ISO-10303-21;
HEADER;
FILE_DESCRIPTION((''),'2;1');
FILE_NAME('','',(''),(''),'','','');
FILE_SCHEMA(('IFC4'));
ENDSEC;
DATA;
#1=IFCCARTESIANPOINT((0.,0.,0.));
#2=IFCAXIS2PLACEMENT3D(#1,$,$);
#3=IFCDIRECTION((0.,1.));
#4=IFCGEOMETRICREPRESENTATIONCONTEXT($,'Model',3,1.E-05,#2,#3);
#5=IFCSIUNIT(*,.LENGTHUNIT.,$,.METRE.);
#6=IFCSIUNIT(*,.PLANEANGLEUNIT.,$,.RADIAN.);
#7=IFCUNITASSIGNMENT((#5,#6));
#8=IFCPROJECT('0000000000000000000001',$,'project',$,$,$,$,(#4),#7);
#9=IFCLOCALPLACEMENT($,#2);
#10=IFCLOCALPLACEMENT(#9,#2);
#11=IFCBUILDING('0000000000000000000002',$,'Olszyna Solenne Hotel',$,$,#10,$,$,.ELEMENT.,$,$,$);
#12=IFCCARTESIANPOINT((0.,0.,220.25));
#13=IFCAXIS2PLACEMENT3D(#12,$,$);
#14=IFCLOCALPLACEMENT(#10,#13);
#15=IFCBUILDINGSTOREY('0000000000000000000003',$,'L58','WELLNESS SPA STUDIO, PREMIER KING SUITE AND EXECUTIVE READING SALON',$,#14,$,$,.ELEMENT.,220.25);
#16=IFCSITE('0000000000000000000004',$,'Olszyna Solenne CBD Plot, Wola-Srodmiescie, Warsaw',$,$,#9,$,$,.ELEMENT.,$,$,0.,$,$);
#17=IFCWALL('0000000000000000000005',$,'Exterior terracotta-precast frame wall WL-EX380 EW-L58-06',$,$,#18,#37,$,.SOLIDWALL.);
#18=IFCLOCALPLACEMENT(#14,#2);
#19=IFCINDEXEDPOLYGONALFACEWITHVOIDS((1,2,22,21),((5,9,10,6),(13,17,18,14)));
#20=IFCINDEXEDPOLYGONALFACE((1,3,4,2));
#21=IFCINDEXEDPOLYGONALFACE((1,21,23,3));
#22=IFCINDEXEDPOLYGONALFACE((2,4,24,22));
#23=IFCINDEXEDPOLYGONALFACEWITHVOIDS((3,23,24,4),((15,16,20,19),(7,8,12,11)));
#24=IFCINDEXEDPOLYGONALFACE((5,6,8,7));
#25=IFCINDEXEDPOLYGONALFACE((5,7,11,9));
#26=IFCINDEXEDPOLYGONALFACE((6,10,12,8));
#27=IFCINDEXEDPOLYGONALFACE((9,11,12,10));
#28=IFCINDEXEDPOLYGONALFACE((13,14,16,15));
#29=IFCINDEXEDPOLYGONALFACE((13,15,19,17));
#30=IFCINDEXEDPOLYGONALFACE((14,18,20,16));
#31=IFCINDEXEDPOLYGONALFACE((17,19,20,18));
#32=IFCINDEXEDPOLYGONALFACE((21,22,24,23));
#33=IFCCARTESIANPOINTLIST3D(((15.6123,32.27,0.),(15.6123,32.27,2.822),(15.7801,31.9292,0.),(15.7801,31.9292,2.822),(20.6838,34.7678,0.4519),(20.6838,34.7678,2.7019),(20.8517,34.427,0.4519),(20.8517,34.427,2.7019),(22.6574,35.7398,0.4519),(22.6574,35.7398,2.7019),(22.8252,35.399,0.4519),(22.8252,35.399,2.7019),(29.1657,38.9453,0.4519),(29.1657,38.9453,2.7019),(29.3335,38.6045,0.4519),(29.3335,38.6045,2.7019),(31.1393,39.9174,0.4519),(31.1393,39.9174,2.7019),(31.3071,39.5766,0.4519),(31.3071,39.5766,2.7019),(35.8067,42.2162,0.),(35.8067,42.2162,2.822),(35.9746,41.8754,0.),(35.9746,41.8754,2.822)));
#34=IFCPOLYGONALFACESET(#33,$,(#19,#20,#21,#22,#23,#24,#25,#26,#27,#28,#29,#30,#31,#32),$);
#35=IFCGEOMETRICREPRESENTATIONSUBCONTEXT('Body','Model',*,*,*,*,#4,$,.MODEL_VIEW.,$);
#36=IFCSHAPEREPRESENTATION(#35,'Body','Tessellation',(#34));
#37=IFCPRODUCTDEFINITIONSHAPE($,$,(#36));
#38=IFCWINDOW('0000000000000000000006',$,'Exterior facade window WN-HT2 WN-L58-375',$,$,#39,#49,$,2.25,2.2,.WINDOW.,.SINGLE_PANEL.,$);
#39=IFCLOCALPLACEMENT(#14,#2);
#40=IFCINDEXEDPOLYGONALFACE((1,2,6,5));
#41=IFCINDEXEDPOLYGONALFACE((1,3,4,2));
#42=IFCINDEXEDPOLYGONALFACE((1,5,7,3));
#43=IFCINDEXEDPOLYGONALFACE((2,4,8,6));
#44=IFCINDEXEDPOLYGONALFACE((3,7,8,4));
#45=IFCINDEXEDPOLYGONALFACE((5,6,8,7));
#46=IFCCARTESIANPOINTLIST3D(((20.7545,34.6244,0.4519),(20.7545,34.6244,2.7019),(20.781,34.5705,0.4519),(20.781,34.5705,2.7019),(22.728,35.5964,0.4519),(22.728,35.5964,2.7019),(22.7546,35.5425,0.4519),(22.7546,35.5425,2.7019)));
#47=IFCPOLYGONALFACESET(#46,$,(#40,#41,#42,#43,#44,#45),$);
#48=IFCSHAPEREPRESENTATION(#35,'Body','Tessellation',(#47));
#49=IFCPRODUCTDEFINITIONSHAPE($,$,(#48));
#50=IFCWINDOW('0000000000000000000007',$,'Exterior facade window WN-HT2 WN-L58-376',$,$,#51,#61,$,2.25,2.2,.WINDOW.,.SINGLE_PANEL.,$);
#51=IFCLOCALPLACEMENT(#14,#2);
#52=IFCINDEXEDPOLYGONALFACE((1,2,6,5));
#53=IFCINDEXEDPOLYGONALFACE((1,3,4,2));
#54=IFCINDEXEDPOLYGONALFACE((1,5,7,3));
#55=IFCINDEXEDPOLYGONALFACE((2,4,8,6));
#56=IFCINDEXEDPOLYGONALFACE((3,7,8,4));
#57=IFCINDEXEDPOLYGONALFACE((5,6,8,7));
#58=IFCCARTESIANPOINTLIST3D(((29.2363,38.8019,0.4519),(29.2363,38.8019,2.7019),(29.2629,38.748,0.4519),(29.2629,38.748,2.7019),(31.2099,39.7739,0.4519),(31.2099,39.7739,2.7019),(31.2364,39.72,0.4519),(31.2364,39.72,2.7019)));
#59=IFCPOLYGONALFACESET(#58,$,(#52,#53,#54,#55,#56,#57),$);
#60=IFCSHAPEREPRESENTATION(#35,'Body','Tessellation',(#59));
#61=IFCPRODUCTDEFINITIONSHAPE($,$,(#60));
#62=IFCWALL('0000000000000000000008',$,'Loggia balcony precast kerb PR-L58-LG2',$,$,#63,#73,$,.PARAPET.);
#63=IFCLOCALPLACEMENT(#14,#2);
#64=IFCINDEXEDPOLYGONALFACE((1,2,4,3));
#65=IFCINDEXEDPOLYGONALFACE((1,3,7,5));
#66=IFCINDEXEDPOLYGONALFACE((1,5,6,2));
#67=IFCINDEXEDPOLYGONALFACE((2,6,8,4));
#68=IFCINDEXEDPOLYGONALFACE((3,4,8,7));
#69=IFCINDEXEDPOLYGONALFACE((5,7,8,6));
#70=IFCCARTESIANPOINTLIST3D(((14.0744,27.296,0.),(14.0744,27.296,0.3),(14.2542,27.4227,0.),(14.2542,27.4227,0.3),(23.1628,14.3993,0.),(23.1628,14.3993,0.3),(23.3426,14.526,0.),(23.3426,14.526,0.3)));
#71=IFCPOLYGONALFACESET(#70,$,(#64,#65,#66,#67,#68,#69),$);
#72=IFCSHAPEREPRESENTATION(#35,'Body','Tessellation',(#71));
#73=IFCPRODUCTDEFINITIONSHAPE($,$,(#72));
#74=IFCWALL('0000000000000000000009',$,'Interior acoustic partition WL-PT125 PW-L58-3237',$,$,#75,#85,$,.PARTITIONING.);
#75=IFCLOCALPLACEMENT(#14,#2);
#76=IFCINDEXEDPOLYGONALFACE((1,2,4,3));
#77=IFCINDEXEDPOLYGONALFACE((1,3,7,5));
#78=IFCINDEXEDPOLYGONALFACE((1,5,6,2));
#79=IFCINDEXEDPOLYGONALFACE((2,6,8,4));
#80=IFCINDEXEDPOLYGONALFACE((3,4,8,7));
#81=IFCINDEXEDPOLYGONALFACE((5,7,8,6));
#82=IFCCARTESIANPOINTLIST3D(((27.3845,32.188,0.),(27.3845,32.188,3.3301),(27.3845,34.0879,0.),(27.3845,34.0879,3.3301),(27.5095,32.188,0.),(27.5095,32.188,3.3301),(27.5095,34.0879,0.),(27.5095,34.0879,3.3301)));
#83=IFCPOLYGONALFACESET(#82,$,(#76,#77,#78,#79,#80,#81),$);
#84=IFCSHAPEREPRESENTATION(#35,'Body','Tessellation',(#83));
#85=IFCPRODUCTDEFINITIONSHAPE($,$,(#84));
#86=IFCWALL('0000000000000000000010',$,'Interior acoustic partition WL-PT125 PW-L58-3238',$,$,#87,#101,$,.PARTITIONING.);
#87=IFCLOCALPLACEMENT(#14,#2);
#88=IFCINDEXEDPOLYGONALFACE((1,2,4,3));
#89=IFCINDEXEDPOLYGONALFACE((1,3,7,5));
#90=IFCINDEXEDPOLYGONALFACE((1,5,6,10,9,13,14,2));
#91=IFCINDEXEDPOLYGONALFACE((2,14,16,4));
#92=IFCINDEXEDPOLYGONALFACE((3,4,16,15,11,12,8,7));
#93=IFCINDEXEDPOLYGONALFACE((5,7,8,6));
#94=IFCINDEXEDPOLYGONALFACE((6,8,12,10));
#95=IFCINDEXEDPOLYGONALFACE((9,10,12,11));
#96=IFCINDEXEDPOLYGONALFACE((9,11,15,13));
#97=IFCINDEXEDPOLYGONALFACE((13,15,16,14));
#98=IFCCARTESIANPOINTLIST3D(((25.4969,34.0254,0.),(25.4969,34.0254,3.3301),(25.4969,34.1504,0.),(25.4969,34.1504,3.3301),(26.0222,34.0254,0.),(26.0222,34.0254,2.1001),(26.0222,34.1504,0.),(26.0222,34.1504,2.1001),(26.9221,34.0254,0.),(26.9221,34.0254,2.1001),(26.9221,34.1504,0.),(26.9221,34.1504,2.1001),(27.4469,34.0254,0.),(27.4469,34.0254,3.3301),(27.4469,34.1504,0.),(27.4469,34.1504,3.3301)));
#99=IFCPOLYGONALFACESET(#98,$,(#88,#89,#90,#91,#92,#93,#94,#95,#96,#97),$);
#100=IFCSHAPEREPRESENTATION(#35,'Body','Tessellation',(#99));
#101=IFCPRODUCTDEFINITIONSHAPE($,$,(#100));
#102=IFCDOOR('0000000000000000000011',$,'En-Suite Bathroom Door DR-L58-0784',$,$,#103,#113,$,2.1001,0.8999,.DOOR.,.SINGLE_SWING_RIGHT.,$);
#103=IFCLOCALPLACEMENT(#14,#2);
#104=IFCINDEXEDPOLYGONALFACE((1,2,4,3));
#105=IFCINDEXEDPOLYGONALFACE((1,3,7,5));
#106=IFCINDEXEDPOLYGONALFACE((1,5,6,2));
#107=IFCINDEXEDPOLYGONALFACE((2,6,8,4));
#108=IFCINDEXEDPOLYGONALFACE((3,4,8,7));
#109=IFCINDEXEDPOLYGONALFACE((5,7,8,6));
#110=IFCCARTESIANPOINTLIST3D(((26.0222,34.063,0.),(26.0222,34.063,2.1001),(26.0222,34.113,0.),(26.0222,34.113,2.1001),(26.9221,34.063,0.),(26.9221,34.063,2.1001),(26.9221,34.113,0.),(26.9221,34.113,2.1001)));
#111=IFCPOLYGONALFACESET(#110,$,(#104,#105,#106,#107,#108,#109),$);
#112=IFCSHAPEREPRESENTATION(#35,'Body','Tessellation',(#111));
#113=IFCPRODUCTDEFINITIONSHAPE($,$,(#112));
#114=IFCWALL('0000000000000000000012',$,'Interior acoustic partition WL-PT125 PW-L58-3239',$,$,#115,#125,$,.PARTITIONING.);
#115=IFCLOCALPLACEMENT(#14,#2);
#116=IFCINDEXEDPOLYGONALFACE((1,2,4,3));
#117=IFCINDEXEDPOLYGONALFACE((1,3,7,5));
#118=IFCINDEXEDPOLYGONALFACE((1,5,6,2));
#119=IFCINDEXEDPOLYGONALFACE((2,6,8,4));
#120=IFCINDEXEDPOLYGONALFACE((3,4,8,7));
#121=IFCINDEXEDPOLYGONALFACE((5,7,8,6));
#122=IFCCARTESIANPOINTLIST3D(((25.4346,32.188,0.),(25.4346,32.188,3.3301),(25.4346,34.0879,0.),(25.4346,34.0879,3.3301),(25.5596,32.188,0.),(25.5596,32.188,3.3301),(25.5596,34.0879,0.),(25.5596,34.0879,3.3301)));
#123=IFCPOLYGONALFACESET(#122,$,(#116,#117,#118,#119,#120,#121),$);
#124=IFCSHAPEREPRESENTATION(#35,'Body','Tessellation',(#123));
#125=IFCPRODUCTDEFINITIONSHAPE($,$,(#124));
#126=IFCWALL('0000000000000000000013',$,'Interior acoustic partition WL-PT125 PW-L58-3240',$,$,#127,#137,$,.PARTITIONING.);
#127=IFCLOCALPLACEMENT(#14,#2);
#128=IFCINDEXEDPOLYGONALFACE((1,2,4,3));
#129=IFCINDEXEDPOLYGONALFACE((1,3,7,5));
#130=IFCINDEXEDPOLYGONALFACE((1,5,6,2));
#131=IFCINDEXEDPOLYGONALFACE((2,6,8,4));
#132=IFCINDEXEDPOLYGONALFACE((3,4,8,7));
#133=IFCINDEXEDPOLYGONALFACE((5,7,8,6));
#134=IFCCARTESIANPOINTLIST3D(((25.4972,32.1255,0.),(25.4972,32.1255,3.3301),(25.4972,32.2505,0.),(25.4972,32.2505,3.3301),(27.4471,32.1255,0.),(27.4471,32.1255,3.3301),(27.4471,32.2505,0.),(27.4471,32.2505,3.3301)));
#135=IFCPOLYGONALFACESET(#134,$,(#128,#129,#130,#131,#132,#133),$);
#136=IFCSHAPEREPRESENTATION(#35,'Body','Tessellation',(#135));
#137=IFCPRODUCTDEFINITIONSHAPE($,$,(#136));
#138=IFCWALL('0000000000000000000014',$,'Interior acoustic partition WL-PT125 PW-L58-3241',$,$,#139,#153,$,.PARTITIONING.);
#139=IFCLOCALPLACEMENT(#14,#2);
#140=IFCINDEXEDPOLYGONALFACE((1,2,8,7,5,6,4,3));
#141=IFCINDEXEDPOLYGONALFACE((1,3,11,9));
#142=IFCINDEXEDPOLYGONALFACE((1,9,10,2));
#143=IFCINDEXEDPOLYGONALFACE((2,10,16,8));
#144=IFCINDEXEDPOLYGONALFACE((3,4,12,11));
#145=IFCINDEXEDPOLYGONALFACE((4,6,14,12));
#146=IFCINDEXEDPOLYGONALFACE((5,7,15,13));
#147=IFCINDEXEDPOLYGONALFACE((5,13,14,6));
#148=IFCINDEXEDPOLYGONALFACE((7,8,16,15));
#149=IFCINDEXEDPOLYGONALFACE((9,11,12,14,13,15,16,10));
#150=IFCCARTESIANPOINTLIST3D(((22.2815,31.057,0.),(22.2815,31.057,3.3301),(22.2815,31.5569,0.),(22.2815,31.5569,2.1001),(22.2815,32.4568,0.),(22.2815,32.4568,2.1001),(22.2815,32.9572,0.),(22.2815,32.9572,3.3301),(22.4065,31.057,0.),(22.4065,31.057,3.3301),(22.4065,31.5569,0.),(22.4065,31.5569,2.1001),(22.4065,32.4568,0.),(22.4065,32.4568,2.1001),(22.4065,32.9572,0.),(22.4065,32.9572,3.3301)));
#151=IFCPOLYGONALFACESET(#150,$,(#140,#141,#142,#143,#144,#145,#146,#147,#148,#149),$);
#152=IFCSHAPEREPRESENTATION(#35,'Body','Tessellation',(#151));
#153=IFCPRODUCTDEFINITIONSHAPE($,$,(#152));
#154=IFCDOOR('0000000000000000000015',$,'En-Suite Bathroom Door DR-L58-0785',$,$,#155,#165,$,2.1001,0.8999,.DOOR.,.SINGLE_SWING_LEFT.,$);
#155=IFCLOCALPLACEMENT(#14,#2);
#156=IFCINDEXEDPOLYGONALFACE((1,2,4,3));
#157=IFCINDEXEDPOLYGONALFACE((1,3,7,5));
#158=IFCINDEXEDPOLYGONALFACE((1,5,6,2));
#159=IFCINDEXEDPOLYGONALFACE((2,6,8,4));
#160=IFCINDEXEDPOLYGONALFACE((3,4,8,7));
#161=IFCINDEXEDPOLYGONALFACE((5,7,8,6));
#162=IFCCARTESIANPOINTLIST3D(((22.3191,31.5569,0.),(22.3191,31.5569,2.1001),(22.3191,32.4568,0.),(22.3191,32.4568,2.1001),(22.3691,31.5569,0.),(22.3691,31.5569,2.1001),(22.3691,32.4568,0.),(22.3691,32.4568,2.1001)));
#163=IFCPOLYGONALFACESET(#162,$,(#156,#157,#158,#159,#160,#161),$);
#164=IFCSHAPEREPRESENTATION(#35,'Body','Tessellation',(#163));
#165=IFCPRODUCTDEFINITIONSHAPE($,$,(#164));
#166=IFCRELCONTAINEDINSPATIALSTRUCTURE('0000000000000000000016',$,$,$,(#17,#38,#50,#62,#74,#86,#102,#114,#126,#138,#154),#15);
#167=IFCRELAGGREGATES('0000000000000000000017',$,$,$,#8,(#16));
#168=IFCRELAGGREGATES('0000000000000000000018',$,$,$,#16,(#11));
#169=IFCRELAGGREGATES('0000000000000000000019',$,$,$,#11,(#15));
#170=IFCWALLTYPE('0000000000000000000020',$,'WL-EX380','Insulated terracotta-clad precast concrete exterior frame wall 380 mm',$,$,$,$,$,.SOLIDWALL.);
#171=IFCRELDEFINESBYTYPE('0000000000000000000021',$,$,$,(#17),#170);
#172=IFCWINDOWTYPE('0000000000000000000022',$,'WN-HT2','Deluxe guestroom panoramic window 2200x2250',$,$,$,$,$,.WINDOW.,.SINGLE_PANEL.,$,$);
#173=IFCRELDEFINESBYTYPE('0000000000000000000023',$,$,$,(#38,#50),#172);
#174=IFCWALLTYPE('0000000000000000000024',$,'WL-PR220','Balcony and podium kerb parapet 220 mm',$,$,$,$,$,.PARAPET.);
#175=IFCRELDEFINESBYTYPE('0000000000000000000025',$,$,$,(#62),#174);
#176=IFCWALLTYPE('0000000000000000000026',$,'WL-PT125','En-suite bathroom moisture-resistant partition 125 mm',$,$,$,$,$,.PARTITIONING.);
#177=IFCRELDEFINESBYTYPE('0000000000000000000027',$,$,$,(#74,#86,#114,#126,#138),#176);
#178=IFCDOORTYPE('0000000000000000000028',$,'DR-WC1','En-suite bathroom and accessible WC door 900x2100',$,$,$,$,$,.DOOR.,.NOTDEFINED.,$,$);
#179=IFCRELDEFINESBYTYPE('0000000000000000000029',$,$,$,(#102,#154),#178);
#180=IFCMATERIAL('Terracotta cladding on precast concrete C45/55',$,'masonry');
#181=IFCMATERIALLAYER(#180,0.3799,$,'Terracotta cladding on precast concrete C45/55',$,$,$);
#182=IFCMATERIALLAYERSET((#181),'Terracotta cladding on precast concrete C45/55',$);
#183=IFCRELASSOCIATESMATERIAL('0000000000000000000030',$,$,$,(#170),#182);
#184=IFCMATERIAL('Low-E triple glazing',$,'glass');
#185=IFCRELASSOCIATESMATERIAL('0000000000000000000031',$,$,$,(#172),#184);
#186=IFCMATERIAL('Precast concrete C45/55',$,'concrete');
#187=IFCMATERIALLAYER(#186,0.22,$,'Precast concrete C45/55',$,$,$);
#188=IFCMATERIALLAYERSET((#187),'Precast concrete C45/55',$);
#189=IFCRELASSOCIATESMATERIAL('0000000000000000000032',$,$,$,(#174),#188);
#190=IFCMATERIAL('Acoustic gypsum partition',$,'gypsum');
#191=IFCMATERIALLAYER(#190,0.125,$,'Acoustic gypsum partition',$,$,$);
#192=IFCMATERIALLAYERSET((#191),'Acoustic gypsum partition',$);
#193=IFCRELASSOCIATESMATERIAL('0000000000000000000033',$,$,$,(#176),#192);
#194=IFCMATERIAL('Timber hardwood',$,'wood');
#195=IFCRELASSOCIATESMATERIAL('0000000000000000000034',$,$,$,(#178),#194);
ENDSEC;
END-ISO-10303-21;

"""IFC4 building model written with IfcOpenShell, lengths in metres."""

from ifc_helpers import new_model, si_unit, direction, frame, frame_2d, origin, place, context, subcontext, project, spatial, rectangle, extrude, source, transform, mapped, material, layer, layer_set, type_object, type_shapes, element, fill, save


model = new_model("IFC4")

# Units and contexts
model_context = context("Model", 3, precision=1e-05, world=origin(), true_north=direction((0.0, 1.0)))
body_context = subcontext(model_context, "Body", "Model", "MODEL_VIEW")
ifc_project = project(units=[si_unit("LENGTHUNIT", "METRE"), si_unit("PLANEANGLEUNIT", "RADIAN")], contexts=[model_context])

# Site, building, storey
site_placement = place(None, origin())
site = spatial("IfcSite", under=ifc_project, at=site_placement, Name="Olszyna Solenne CBD Plot, Wola-Srodmiescie, Warsaw", CompositionType="ELEMENT", RefElevation=0.0)
building_placement = place(site_placement, origin())
building = spatial("IfcBuilding", under=site, at=building_placement, Name="Olszyna Solenne Hotel", CompositionType="ELEMENT")
storey_placement = place(building_placement, frame((0.0, 0.0, 220.25)))
storey = spatial("IfcBuildingStorey", under=building, at=storey_placement, Name="L58", Description="WELLNESS SPA STUDIO, PREMIER KING SUITE AND EXECUTIVE READING SALON", CompositionType="ELEMENT", Elevation=220.25)

# Shared definitions
ifc_material_1 = material(Name="Terracotta cladding on precast concrete C45/55", Category="masonry")
ifc_layer_1 = layer(ifc_material_1, 0.3799, Name="Terracotta cladding on precast concrete C45/55")
ifc_layer_set_1 = layer_set([ifc_layer_1], Name="Terracotta cladding on precast concrete C45/55")
wall_type_1 = type_object("IfcWallType", Name="WL-EX380", Description="Insulated terracotta-clad precast concrete exterior frame wall 380 mm", PredefinedType="SOLIDWALL", material=ifc_layer_set_1)

# Wall, openings, windows
wall_1_placement = place(storey_placement, frame((15.6963, 32.0996, 0.0), z_axis=(0.0, 0.0, 1.0), x_axis=(0.897094, 0.441839, 0.0)))
wall_1 = element("IfcWall", 1, at=wall_1_placement, inside=storey, type_object=wall_type_1, Name="Exterior terracotta-precast frame wall WL-EX380 EW-L58-06", PredefinedType="SOLIDWALL", context=body_context, shape_type="SweptSolid", body=[
    extrude(rectangle(XDim=22.511, YDim=0.3799, at=frame_2d((11.2554, 0.0))), origin(), (0.0, 0.0, 1.0), 2.822),
])
opening_1_placement = place(wall_1_placement, frame((5.6531, 0.0, 0.4519)))
opening_1 = element("IfcOpeningElement", 2, at=opening_1_placement, cuts=wall_1, PredefinedType="OPENING", context=body_context, shape_type="SweptSolid", body=[
    extrude(rectangle(XDim=2.2, YDim=2.25, at=frame_2d((1.1001, 1.125))), frame((0.0, 0.2, 0.0), z_axis=(0.0, -1.0, 0.0), x_axis=(1.0, 0.0, 0.0)), (0.0, 0.0, 1.0), 0.3999),
])
opening_2_placement = place(wall_1_placement, frame((15.1079, 0.0, 0.4519)))
opening_2 = element("IfcOpeningElement", 3, at=opening_2_placement, cuts=wall_1, PredefinedType="OPENING", context=body_context, shape_type="SweptSolid", body=[
    extrude(rectangle(XDim=2.2, YDim=2.25, at=frame_2d((1.1001, 1.125))), frame((0.0, 0.2, 0.0), z_axis=(0.0, -1.0, 0.0), x_axis=(1.0, 0.0, 0.0)), (0.0, 0.0, 1.0), 0.3999),
])
ifc_material_2 = material(Name="Low-E triple glazing", Category="glass")
window_type = type_object("IfcWindowType", Name="WN-HT2", Description="Deluxe guestroom panoramic window 2200x2250", PartitioningType="SINGLE_PANEL", PredefinedType="WINDOW", material=ifc_material_2)
shared_shape_1 = source(origin(), body_context, "Body", "SweptSolid", [
    extrude(rectangle(XDim=2.2, YDim=2.25, at=frame_2d((1.1001, 1.125))), frame((0.0, 0.03, 0.0), z_axis=(0.0, -1.0, 0.0), x_axis=(1.0, 0.0, 0.0)), (0.0, 0.0, 1.0), 0.0601),
])
type_shapes(window_type, [shared_shape_1])
window_1_placement = place(opening_1_placement, origin())
window_1 = element("IfcWindow", 4, at=window_1_placement, inside=storey, type_object=window_type, Name="Exterior facade window WN-HT2 WN-L58-375", OverallHeight=2.25, OverallWidth=2.2, PartitioningType="SINGLE_PANEL", PredefinedType="WINDOW", context=body_context, shape_type="MappedRepresentation", body=[
    mapped(shared_shape_1, transform((0.0, 0.0, 0.0), x_axis=(1.0, 0.0, 0.0), y_axis=(0.0, 1.0, 0.0), z_axis=(0.0, 0.0, 1.0), scale=1.0)),
])
fill(opening_1, window_1)
window_2_placement = place(opening_2_placement, origin())
window_2 = element("IfcWindow", 5, at=window_2_placement, inside=storey, type_object=window_type, Name="Exterior facade window WN-HT2 WN-L58-376", OverallHeight=2.25, OverallWidth=2.2, PartitioningType="SINGLE_PANEL", PredefinedType="WINDOW", context=body_context, shape_type="MappedRepresentation", body=[
    mapped(shared_shape_1, transform((0.0, 0.0, 0.0), x_axis=(1.0, 0.0, 0.0), y_axis=(0.0, 1.0, 0.0), z_axis=(0.0, 0.0, 1.0), scale=1.0)),
])
fill(opening_2, window_2)

# Walls
ifc_material_3 = material(Name="Precast concrete C45/55", Category="concrete")
ifc_layer_2 = layer(ifc_material_3, 0.22, Name="Precast concrete C45/55")
ifc_layer_set_2 = layer_set([ifc_layer_2], Name="Precast concrete C45/55")
wall_type_2 = type_object("IfcWallType", Name="WL-PR220", Description="Balcony and podium kerb parapet 220 mm", PredefinedType="PARAPET", material=ifc_layer_set_2)
wall_2_placement = place(storey_placement, frame((14.1643, 27.3594, 0.0), z_axis=(0.0, 0.0, 1.0), x_axis=(0.57604, -0.817421, 0.0)))
element("IfcWall", 6, at=wall_2_placement, inside=storey, type_object=wall_type_2, Name="Loggia balcony precast kerb PR-L58-LG2", PredefinedType="PARAPET", context=body_context, shape_type="SweptSolid", body=[
    extrude(rectangle(XDim=15.7773, YDim=0.22, at=frame_2d((7.8887, 0.0))), origin(), (0.0, 0.0, 1.0), 0.3),
])
ifc_material_4 = material(Name="Acoustic gypsum partition", Category="gypsum")
ifc_layer_3 = layer(ifc_material_4, 0.125, Name="Acoustic gypsum partition")
ifc_layer_set_3 = layer_set([ifc_layer_3], Name="Acoustic gypsum partition")
wall_type_3 = type_object("IfcWallType", Name="WL-PT125", Description="En-suite bathroom moisture-resistant partition 125 mm", PredefinedType="PARTITIONING", material=ifc_layer_set_3)
wall_3_placement = place(storey_placement, frame((27.447, 32.188, 0.0), z_axis=(0.0, 0.0, 1.0), x_axis=(0.0, 1.0, 0.0)))
element("IfcWall", 7, at=wall_3_placement, inside=storey, type_object=wall_type_3, Name="Interior acoustic partition WL-PT125 PW-L58-3237", PredefinedType="PARTITIONING", context=body_context, shape_type="SweptSolid", body=[
    extrude(rectangle(XDim=1.8999, YDim=0.125, at=frame_2d((0.95, 0.0))), origin(), (0.0, 0.0, 1.0), 3.3301),
])

# Wall, opening, door
wall_4_placement = place(storey_placement, frame((27.447, 34.0879, 0.0), z_axis=(0.0, 0.0, 1.0), x_axis=(-1.0, 0.0, 0.0)))
wall_4 = element("IfcWall", 8, at=wall_4_placement, inside=storey, type_object=wall_type_3, Name="Interior acoustic partition WL-PT125 PW-L58-3238", PredefinedType="PARTITIONING", context=body_context, shape_type="SweptSolid", body=[
    extrude(rectangle(XDim=1.95, YDim=0.125, at=frame_2d((0.9751, 0.0))), origin(), (0.0, 0.0, 1.0), 3.3301),
])
opening_3_placement = place(wall_4_placement, frame((0.5249, 0.0, 0.0)))
opening_3 = element("IfcOpeningElement", 9, at=opening_3_placement, cuts=wall_4, PredefinedType="OPENING", context=body_context, shape_type="SweptSolid", body=[
    extrude(rectangle(XDim=0.8999, YDim=2.1001, at=frame_2d((0.45, 1.05))), frame((0.0, 0.0725, 0.0), z_axis=(0.0, -1.0, 0.0), x_axis=(1.0, 0.0, 0.0)), (0.0, 0.0, 1.0), 0.145),
])
ifc_material_5 = material(Name="Timber hardwood", Category="wood")
door_type = type_object("IfcDoorType", Name="DR-WC1", Description="En-suite bathroom and accessible WC door 900x2100", OperationType="NOTDEFINED", PredefinedType="DOOR", material=ifc_material_5)
shared_shape_2 = source(origin(), body_context, "Body", "SweptSolid", [
    extrude(rectangle(XDim=0.8999, YDim=2.1001, at=frame_2d((0.45, 1.05))), frame((0.0, 0.0249, 0.0), z_axis=(0.0, -1.0, 0.0), x_axis=(1.0, 0.0, 0.0)), (0.0, 0.0, 1.0), 0.05),
])
type_shapes(door_type, [shared_shape_2])
door_1_placement = place(opening_3_placement, origin())
door_1 = element("IfcDoor", 10, at=door_1_placement, inside=storey, type_object=door_type, Name="En-Suite Bathroom Door DR-L58-0784", OperationType="SINGLE_SWING_RIGHT", OverallHeight=2.1001, OverallWidth=0.8999, PredefinedType="DOOR", context=body_context, shape_type="MappedRepresentation", body=[
    mapped(shared_shape_2, transform((0.0, 0.0, 0.0), x_axis=(1.0, 0.0, 0.0), y_axis=(0.0, 1.0, 0.0), z_axis=(0.0, 0.0, 1.0), scale=1.0)),
])
fill(opening_3, door_1)

# Walls
wall_5_placement = place(storey_placement, frame((25.4971, 34.0879, 0.0), z_axis=(0.0, 0.0, 1.0), x_axis=(0.0, -1.0, 0.0)))
element("IfcWall", 11, at=wall_5_placement, inside=storey, type_object=wall_type_3, Name="Interior acoustic partition WL-PT125 PW-L58-3239", PredefinedType="PARTITIONING", context=body_context, shape_type="SweptSolid", body=[
    extrude(rectangle(XDim=1.8999, YDim=0.125, at=frame_2d((0.95, 0.0))), origin(), (0.0, 0.0, 1.0), 3.3301),
])
wall_6_placement = place(storey_placement, frame((25.4971, 32.188, 0.0), z_axis=(0.0, 0.0, 1.0), x_axis=(1.0, 0.0, 0.0)))
element("IfcWall", 12, at=wall_6_placement, inside=storey, type_object=wall_type_3, Name="Interior acoustic partition WL-PT125 PW-L58-3240", PredefinedType="PARTITIONING", context=body_context, shape_type="SweptSolid", body=[
    extrude(rectangle(XDim=1.95, YDim=0.125, at=frame_2d((0.9751, 0.0))), origin(), (0.0, 0.0, 1.0), 3.3301),
])

# Wall, opening, door
wall_7_placement = place(storey_placement, frame((22.344, 31.0569, 0.0), z_axis=(0.0, 0.0, 1.0), x_axis=(0.0, 1.0, 0.0)))
wall_7 = element("IfcWall", 13, at=wall_7_placement, inside=storey, type_object=wall_type_3, Name="Interior acoustic partition WL-PT125 PW-L58-3241", PredefinedType="PARTITIONING", context=body_context, shape_type="SweptSolid", body=[
    extrude(rectangle(XDim=1.9001, YDim=0.125, at=frame_2d((0.9502, 0.0))), origin(), (0.0, 0.0, 1.0), 3.3301),
])
opening_4_placement = place(wall_7_placement, frame((0.5, 0.0, 0.0)))
opening_4 = element("IfcOpeningElement", 14, at=opening_4_placement, cuts=wall_7, PredefinedType="OPENING", context=body_context, shape_type="SweptSolid", body=[
    extrude(rectangle(XDim=0.8999, YDim=2.1001, at=frame_2d((0.45, 1.05))), frame((0.0, 0.0725, 0.0), z_axis=(0.0, -1.0, 0.0), x_axis=(1.0, 0.0, 0.0)), (0.0, 0.0, 1.0), 0.145),
])
door_2_placement = place(opening_4_placement, origin())
door_2 = element("IfcDoor", 15, at=door_2_placement, inside=storey, type_object=door_type, Name="En-Suite Bathroom Door DR-L58-0785", OperationType="SINGLE_SWING_LEFT", OverallHeight=2.1001, OverallWidth=0.8999, PredefinedType="DOOR", context=body_context, shape_type="MappedRepresentation", body=[
    mapped(shared_shape_2, transform((0.0, 0.0, 0.0), x_axis=(1.0, 0.0, 0.0), y_axis=(0.0, 1.0, 0.0), z_axis=(0.0, 0.0, 1.0), scale=1.0)),
])
fill(opening_4, door_2)

save(model, "model.ifc")
